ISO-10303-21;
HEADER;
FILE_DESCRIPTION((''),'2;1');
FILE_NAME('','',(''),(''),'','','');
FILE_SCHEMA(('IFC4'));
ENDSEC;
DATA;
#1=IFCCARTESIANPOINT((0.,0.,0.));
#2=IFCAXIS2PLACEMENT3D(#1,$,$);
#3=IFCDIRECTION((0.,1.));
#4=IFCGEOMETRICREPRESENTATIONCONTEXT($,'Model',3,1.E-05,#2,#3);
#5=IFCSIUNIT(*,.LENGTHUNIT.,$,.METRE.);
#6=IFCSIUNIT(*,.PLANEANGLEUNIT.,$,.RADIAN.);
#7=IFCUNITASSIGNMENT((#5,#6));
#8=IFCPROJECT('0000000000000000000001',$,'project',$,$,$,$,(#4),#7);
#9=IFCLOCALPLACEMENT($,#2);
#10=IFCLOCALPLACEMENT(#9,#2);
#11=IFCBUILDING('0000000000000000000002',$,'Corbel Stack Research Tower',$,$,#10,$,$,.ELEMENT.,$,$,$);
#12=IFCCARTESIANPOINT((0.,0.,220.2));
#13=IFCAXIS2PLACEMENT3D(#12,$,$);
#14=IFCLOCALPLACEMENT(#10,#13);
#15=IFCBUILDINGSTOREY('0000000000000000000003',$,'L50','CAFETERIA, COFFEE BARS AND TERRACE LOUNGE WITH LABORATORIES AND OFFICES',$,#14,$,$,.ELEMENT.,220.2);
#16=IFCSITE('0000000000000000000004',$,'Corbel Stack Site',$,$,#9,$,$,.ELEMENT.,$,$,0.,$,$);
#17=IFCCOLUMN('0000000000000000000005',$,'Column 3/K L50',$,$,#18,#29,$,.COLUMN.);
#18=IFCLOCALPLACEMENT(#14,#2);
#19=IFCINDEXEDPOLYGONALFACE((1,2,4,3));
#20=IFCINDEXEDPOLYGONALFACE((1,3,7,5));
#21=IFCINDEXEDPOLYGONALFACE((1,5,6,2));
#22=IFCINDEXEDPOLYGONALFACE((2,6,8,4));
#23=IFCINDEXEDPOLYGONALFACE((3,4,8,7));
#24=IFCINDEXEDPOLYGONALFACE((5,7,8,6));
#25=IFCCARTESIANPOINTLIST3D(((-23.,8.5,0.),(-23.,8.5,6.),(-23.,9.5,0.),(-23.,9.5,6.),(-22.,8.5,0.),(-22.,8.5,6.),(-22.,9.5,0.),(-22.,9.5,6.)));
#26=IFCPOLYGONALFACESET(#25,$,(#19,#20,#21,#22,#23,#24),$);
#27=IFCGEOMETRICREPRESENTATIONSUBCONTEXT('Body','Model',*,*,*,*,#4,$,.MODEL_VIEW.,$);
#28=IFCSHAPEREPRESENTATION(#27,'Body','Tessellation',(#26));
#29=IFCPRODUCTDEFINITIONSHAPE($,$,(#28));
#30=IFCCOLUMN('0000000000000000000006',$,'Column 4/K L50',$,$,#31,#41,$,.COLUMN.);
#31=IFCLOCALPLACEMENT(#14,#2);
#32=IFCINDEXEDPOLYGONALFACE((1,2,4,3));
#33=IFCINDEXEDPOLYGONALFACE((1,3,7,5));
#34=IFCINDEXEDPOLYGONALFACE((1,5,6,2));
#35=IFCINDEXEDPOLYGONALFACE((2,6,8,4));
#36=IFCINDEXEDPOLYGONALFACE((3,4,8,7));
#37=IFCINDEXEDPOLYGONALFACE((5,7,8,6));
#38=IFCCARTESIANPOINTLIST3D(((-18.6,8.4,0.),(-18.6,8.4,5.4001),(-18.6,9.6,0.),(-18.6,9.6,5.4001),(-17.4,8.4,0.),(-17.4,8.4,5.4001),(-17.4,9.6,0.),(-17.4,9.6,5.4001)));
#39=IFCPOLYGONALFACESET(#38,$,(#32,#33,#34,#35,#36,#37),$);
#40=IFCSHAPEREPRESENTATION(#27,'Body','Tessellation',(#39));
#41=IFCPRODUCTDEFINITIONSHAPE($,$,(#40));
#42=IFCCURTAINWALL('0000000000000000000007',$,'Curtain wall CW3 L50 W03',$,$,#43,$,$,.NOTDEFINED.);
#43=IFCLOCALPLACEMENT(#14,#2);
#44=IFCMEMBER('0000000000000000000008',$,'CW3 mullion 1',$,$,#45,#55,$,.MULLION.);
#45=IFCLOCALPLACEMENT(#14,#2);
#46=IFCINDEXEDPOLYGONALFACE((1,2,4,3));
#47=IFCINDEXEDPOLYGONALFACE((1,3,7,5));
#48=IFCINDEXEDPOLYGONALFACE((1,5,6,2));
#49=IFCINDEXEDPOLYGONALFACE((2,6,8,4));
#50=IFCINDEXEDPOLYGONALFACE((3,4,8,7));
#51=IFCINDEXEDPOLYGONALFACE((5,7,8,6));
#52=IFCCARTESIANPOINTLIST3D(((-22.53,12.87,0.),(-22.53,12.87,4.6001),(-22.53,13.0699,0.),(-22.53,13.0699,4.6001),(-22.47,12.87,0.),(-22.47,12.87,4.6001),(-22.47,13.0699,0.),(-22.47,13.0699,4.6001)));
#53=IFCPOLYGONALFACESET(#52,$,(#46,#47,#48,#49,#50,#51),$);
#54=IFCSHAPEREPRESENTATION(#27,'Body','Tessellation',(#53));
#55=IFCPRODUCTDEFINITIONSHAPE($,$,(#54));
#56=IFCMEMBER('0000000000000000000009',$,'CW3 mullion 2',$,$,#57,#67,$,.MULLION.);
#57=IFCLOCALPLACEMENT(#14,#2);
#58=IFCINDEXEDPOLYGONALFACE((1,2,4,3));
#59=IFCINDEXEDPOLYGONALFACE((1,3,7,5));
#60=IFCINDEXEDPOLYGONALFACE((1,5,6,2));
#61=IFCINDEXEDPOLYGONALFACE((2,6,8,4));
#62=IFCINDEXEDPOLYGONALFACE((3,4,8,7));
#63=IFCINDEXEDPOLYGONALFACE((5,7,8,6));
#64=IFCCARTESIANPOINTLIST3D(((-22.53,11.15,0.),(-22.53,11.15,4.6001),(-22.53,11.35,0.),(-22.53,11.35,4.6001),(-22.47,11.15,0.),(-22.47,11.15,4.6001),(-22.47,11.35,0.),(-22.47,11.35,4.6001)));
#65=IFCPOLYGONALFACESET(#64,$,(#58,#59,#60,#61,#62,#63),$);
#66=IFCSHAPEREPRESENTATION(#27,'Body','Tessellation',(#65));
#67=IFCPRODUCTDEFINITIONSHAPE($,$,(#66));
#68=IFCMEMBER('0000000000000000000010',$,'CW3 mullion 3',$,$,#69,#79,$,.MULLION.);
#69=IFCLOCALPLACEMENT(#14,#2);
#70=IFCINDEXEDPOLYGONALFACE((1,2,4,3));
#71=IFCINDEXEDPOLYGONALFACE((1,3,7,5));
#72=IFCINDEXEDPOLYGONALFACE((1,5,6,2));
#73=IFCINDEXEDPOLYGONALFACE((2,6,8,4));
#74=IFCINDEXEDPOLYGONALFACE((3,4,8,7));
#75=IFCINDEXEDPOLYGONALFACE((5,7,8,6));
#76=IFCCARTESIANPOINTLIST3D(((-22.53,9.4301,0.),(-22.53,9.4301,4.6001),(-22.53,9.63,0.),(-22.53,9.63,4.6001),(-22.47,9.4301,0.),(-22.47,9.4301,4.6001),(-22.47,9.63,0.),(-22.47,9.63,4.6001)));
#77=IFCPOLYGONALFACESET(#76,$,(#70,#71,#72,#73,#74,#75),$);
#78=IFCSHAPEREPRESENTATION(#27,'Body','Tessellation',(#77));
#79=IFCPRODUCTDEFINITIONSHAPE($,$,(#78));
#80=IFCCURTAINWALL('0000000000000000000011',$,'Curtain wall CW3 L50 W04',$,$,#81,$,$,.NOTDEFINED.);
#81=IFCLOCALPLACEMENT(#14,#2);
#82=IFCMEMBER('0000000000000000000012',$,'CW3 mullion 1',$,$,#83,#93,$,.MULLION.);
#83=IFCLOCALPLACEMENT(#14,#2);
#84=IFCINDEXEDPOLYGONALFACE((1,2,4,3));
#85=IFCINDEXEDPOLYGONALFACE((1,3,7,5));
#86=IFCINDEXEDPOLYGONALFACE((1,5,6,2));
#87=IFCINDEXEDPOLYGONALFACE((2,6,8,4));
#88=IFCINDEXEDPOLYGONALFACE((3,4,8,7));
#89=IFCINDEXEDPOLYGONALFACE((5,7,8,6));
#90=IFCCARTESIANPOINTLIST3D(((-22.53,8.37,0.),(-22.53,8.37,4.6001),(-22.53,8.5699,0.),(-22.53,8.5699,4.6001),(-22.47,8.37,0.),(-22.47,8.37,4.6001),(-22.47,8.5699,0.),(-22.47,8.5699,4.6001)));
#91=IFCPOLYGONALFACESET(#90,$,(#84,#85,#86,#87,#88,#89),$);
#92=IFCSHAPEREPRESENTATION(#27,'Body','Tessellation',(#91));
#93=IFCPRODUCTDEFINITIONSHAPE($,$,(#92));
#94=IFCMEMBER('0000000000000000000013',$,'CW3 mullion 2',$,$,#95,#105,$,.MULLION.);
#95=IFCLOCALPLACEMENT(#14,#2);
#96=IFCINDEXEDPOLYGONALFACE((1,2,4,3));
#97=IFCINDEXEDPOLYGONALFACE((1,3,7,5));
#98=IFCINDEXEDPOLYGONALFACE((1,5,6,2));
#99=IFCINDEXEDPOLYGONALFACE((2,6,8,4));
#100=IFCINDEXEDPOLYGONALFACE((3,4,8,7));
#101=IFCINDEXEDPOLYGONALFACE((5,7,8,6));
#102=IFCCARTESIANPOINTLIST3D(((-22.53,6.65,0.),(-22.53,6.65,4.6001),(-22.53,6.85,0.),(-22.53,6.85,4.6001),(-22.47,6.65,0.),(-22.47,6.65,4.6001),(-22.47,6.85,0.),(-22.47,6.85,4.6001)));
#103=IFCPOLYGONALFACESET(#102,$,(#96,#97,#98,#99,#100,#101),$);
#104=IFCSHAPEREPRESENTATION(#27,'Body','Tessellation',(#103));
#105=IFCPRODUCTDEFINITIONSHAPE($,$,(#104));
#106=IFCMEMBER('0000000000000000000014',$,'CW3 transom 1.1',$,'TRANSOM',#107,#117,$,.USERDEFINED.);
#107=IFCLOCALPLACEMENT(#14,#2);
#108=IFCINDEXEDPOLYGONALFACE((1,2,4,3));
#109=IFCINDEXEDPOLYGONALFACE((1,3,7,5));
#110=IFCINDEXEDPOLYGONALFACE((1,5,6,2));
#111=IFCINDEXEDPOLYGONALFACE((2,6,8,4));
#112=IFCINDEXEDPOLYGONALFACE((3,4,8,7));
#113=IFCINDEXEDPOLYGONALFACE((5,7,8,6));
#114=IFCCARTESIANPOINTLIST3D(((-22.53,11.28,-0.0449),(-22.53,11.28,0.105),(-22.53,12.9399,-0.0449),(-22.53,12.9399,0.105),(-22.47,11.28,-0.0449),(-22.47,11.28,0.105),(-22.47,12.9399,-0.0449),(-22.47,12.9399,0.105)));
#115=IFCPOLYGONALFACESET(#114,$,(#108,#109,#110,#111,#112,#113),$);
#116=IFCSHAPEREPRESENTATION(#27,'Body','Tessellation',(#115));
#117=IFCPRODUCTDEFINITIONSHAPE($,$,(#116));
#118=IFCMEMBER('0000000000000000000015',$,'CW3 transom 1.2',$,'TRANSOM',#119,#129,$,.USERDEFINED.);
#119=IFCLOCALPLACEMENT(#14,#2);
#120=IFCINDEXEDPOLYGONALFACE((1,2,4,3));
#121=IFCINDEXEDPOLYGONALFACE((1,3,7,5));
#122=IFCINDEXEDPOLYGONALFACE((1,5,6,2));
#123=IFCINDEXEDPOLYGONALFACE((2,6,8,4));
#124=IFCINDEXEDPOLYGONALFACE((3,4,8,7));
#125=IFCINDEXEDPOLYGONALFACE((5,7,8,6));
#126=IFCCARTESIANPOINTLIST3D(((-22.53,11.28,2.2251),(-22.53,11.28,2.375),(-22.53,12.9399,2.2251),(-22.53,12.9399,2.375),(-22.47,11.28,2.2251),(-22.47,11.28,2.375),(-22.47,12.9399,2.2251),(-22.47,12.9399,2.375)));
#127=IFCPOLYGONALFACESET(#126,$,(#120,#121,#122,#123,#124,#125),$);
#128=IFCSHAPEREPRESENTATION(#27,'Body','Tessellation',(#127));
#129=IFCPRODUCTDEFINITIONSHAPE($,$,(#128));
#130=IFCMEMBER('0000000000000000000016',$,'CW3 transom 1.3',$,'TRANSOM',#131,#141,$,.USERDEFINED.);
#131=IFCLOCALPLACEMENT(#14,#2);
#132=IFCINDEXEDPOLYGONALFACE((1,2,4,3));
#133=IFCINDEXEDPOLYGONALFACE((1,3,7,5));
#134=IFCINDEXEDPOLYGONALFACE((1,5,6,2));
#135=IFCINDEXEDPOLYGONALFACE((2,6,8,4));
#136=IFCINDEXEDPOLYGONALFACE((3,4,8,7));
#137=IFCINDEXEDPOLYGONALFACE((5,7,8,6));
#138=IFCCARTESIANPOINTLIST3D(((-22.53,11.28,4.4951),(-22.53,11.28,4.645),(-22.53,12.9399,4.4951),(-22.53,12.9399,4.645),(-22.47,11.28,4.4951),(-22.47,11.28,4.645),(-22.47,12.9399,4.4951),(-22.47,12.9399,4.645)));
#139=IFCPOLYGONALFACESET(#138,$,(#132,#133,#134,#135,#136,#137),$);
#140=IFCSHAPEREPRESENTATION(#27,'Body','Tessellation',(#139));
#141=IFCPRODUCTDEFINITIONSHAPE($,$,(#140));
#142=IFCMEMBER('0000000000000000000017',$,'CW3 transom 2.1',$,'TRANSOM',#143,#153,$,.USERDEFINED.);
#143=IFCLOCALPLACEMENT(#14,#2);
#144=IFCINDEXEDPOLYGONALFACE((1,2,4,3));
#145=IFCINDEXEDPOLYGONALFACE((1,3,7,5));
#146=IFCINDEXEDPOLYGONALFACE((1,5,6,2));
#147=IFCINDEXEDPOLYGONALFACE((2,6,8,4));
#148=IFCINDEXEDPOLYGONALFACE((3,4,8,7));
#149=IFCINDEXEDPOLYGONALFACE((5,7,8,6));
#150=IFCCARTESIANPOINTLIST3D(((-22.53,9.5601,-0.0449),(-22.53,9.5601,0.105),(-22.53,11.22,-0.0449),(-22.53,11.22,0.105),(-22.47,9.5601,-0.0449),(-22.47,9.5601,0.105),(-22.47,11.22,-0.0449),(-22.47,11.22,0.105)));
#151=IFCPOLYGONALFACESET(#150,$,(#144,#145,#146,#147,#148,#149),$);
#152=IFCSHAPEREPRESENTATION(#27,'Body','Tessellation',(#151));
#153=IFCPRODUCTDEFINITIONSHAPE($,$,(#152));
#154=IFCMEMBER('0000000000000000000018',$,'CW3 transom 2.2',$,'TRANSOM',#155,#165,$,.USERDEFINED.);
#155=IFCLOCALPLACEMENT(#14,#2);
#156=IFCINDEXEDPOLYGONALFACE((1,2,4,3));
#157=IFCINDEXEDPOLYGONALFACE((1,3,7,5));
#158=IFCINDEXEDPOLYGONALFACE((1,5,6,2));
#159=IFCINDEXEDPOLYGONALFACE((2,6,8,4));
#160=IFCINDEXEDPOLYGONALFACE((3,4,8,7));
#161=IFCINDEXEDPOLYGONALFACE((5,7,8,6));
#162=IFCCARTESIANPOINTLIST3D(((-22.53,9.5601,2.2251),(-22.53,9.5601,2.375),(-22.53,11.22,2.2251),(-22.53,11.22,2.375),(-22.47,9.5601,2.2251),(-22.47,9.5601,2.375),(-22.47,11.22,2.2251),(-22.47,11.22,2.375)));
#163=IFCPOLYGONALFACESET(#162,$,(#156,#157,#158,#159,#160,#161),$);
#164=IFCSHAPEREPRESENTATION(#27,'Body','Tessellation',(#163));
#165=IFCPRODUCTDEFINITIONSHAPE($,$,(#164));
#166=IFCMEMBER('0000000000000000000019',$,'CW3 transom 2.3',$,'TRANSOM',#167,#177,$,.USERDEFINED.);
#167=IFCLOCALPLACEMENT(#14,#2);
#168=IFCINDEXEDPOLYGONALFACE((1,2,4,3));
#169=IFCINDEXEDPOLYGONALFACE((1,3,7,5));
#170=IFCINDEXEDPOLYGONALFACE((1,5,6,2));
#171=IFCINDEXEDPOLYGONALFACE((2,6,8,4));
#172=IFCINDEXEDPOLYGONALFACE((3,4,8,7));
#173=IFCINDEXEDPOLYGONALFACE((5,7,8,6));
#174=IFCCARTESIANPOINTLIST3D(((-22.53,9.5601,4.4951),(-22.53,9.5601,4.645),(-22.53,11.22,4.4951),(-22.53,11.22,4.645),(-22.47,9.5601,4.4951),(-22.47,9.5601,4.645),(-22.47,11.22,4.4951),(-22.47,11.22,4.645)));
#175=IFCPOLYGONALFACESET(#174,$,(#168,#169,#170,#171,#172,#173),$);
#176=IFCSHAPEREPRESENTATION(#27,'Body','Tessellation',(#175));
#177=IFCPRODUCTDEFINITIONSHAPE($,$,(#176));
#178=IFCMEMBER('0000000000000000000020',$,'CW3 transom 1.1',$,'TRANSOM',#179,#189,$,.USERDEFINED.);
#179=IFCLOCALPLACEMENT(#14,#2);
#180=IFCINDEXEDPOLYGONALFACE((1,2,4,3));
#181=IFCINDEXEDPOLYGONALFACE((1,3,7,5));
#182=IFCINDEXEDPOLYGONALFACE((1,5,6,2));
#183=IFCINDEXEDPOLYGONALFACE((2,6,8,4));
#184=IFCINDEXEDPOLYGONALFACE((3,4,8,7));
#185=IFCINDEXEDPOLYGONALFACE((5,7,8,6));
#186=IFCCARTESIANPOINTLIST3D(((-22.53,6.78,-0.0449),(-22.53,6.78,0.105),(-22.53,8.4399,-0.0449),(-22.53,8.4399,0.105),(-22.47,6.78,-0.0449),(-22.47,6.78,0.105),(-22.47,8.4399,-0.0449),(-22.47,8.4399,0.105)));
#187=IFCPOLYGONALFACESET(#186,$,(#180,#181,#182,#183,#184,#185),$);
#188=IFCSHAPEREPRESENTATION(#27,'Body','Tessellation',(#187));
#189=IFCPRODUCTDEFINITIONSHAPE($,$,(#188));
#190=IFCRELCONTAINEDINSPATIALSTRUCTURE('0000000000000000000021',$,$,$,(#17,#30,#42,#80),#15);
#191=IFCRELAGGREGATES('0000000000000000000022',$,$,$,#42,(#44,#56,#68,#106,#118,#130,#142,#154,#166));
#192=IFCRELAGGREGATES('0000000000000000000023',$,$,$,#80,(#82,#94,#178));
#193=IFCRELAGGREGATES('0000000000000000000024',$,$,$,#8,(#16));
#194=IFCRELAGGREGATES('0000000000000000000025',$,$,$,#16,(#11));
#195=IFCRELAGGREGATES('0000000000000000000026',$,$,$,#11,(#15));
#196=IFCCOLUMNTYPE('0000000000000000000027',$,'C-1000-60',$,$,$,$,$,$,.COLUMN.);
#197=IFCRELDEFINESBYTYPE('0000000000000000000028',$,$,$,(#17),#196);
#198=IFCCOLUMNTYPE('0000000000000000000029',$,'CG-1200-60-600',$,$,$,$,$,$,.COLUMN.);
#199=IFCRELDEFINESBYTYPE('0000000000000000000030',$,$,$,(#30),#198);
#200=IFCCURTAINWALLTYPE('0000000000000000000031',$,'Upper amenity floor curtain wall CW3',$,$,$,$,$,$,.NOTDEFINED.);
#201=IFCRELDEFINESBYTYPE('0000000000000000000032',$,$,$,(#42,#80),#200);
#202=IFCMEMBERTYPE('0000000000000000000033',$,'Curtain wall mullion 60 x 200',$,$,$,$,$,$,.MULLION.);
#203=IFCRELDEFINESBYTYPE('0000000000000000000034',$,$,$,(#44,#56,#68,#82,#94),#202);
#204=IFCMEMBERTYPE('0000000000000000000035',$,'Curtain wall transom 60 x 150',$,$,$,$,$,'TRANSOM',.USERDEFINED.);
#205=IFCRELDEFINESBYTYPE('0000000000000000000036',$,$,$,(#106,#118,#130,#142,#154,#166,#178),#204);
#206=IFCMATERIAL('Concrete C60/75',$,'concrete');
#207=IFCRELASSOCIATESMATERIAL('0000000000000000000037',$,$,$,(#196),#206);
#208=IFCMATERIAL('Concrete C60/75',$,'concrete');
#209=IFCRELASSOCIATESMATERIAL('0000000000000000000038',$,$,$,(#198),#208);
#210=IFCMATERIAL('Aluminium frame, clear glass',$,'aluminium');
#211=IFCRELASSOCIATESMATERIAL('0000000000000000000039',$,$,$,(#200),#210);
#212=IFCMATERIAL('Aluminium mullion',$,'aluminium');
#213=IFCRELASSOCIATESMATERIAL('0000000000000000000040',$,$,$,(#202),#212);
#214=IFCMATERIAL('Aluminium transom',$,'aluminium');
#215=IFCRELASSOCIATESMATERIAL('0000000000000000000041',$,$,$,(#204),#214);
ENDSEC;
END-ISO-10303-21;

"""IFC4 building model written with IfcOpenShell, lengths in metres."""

from ifc_helpers import new_model, si_unit, direction, frame, origin, origin_2d, place, context, subcontext, project, spatial, rectangle, extrude, material, material_profile, profile_set, type_object, element, aggregate, save


model = new_model("IFC4")

# Units and contexts
model_context = context("Model", 3, precision=1e-05, world=origin(), true_north=direction((0.0, 1.0)))
body_context = subcontext(model_context, "Body", "Model", "MODEL_VIEW")
ifc_project = project(units=[si_unit("LENGTHUNIT", "METRE"), si_unit("PLANEANGLEUNIT", "RADIAN")], contexts=[model_context])

# Site, building, storey
site_placement = place(None, origin())
site = spatial("IfcSite", under=ifc_project, at=site_placement, Name="Corbel Stack Site", CompositionType="ELEMENT", RefElevation=0.0)
building_placement = place(site_placement, origin())
building = spatial("IfcBuilding", under=site, at=building_placement, Name="Corbel Stack Research Tower", CompositionType="ELEMENT")
storey_placement = place(building_placement, frame((0.0, 0.0, 220.2)))
storey = spatial("IfcBuildingStorey", under=building, at=storey_placement, Name="L50", Description="CAFETERIA, COFFEE BARS AND TERRACE LOUNGE WITH LABORATORIES AND OFFICES", CompositionType="ELEMENT", Elevation=220.2)

# Columns
ifc_material_1 = material(Name="Concrete C60/75", Category="concrete")
ifc_material_profile_1 = material_profile(ifc_material_1, rectangle(XDim=1.0, YDim=1.0, at=origin_2d()), Name="RC 1000 x 1000")
ifc_profile_set_1 = profile_set([ifc_material_profile_1], Name="Concrete C60/75")
column_type_1 = type_object("IfcColumnType", Name="C-1000-60", PredefinedType="COLUMN", material=ifc_profile_set_1)
column_1_placement = place(storey_placement, frame((-22.5, 9.0, 0.0), z_axis=(0.0, 0.0, 1.0), x_axis=(1.0, 0.0, 0.0)))
element("IfcColumn", 1, at=column_1_placement, inside=storey, type_object=column_type_1, Name="Column 3/K L50", PredefinedType="COLUMN", context=body_context, shape_type="SweptSolid", body=[
    extrude(rectangle(XDim=1.0, YDim=1.0, at=origin_2d()), origin(), (0.0, 0.0, 1.0), 6.0),
])
ifc_material_2 = material(Name="Concrete C60/75", Category="concrete")
ifc_material_profile_2 = material_profile(ifc_material_2, rectangle(XDim=1.2, YDim=1.2, at=origin_2d()), Name="RC 1200 x 1200")
ifc_profile_set_2 = profile_set([ifc_material_profile_2], Name="Concrete C60/75")
column_type_2 = type_object("IfcColumnType", Name="CG-1200-60-600", PredefinedType="COLUMN", material=ifc_profile_set_2)
column_2_placement = place(storey_placement, frame((-18.0, 9.0, 0.0), z_axis=(0.0, 0.0, 1.0), x_axis=(1.0, 0.0, 0.0)))
element("IfcColumn", 2, at=column_2_placement, inside=storey, type_object=column_type_2, Name="Column 4/K L50", PredefinedType="COLUMN", context=body_context, shape_type="SweptSolid", body=[
    extrude(rectangle(XDim=1.2, YDim=1.2, at=origin_2d()), origin(), (0.0, 0.0, 1.0), 5.4001),
])

# Curtain walls, members
ifc_material_3 = material(Name="Aluminium frame, clear glass", Category="aluminium")
curtain_wall_type = type_object("IfcCurtainWallType", Name="Upper amenity floor curtain wall CW3", PredefinedType="NOTDEFINED", material=ifc_material_3)
curtain_wall_1_placement = place(storey_placement, origin())
curtain_wall_1 = element("IfcCurtainWall", 3, at=curtain_wall_1_placement, inside=storey, type_object=curtain_wall_type, Name="Curtain wall CW3 L50 W03", PredefinedType="NOTDEFINED")
ifc_material_4 = material(Name="Aluminium mullion", Category="aluminium")
ifc_material_profile_3 = material_profile(ifc_material_4, rectangle(XDim=0.0601, YDim=0.2, at=origin_2d()), Name="Mullion 60 x 200")
ifc_profile_set_3 = profile_set([ifc_material_profile_3], Name="Aluminium mullion")
member_type_1 = type_object("IfcMemberType", Name="Curtain wall mullion 60 x 200", PredefinedType="MULLION", material=ifc_profile_set_3)
member_1_placement = place(storey_placement, frame((-22.5, 12.97, 0.0), z_axis=(0.0, 0.0, 1.0), x_axis=(1.0, 0.0, 0.0)))
member_1 = element("IfcMember", 4, at=member_1_placement, type_object=member_type_1, Name="CW3 mullion 1", PredefinedType="MULLION", context=body_context, shape_type="SweptSolid", body=[
    extrude(rectangle(XDim=0.0601, YDim=0.2, at=origin_2d()), origin(), (0.0, 0.0, 1.0), 4.6001),
])
member_2_placement = place(storey_placement, frame((-22.5, 11.25, 0.0), z_axis=(0.0, 0.0, 1.0), x_axis=(1.0, 0.0, 0.0)))
member_2 = element("IfcMember", 5, at=member_2_placement, type_object=member_type_1, Name="CW3 mullion 2", PredefinedType="MULLION", context=body_context, shape_type="SweptSolid", body=[
    extrude(rectangle(XDim=0.0601, YDim=0.2, at=origin_2d()), origin(), (0.0, 0.0, 1.0), 4.6001),
])
member_3_placement = place(storey_placement, frame((-22.5, 9.53, 0.0), z_axis=(0.0, 0.0, 1.0), x_axis=(1.0, 0.0, 0.0)))
member_3 = element("IfcMember", 6, at=member_3_placement, type_object=member_type_1, Name="CW3 mullion 3", PredefinedType="MULLION", context=body_context, shape_type="SweptSolid", body=[
    extrude(rectangle(XDim=0.0601, YDim=0.2, at=origin_2d()), origin(), (0.0, 0.0, 1.0), 4.6001),
])
curtain_wall_2_placement = place(storey_placement, origin())
curtain_wall_2 = element("IfcCurtainWall", 7, at=curtain_wall_2_placement, inside=storey, type_object=curtain_wall_type, Name="Curtain wall CW3 L50 W04", PredefinedType="NOTDEFINED")
member_4_placement = place(storey_placement, frame((-22.5, 8.47, 0.0), z_axis=(0.0, 0.0, 1.0), x_axis=(1.0, 0.0, 0.0)))
member_4 = element("IfcMember", 8, at=member_4_placement, type_object=member_type_1, Name="CW3 mullion 1", PredefinedType="MULLION", context=body_context, shape_type="SweptSolid", body=[
    extrude(rectangle(XDim=0.0601, YDim=0.2, at=origin_2d()), origin(), (0.0, 0.0, 1.0), 4.6001),
])
member_5_placement = place(storey_placement, frame((-22.5, 6.75, 0.0), z_axis=(0.0, 0.0, 1.0), x_axis=(1.0, 0.0, 0.0)))
member_5 = element("IfcMember", 9, at=member_5_placement, type_object=member_type_1, Name="CW3 mullion 2", PredefinedType="MULLION", context=body_context, shape_type="SweptSolid", body=[
    extrude(rectangle(XDim=0.0601, YDim=0.2, at=origin_2d()), origin(), (0.0, 0.0, 1.0), 4.6001),
])

# Members
ifc_material_5 = material(Name="Aluminium transom", Category="aluminium")
ifc_material_profile_4 = material_profile(ifc_material_5, rectangle(XDim=0.0601, YDim=0.1499, at=origin_2d()), Name="Transom 60 x 150")
ifc_profile_set_4 = profile_set([ifc_material_profile_4], Name="Aluminium transom")
member_type_2 = type_object("IfcMemberType", Name="Curtain wall transom 60 x 150", ElementType="TRANSOM", PredefinedType="USERDEFINED", material=ifc_profile_set_4)
member_6_placement = place(storey_placement, frame((-22.5, 12.9399, 0.03), z_axis=(0.0, -1.0, 0.0), x_axis=(1.0, 0.0, 0.0)))
member_6 = element("IfcMember", 10, at=member_6_placement, type_object=member_type_2, Name="CW3 transom 1.1", ObjectType="TRANSOM", PredefinedType="USERDEFINED", context=body_context, shape_type="SweptSolid", body=[
    extrude(rectangle(XDim=0.0601, YDim=0.1499, at=origin_2d()), origin(), (0.0, 0.0, 1.0), 1.6599),
])
member_7_placement = place(storey_placement, frame((-22.5, 12.9399, 2.3), z_axis=(0.0, -1.0, 0.0), x_axis=(1.0, 0.0, 0.0)))
member_7 = element("IfcMember", 11, at=member_7_placement, type_object=member_type_2, Name="CW3 transom 1.2", ObjectType="TRANSOM", PredefinedType="USERDEFINED", context=body_context, shape_type="SweptSolid", body=[
    extrude(rectangle(XDim=0.0601, YDim=0.1499, at=origin_2d()), origin(), (0.0, 0.0, 1.0), 1.6599),
])
member_8_placement = place(storey_placement, frame((-22.5, 12.9399, 4.5701), z_axis=(0.0, -1.0, 0.0), x_axis=(1.0, 0.0, 0.0)))
member_8 = element("IfcMember", 12, at=member_8_placement, type_object=member_type_2, Name="CW3 transom 1.3", ObjectType="TRANSOM", PredefinedType="USERDEFINED", context=body_context, shape_type="SweptSolid", body=[
    extrude(rectangle(XDim=0.0601, YDim=0.1499, at=origin_2d()), origin(), (0.0, 0.0, 1.0), 1.6599),
])
member_9_placement = place(storey_placement, frame((-22.5, 11.22, 0.03), z_axis=(0.0, -1.0, 0.0), x_axis=(1.0, 0.0, 0.0)))
member_9 = element("IfcMember", 13, at=member_9_placement, type_object=member_type_2, Name="CW3 transom 2.1", ObjectType="TRANSOM", PredefinedType="USERDEFINED", context=body_context, shape_type="SweptSolid", body=[
    extrude(rectangle(XDim=0.0601, YDim=0.1499, at=origin_2d()), origin(), (0.0, 0.0, 1.0), 1.6599),
])
member_10_placement = place(storey_placement, frame((-22.5, 11.22, 2.3), z_axis=(0.0, -1.0, 0.0), x_axis=(1.0, 0.0, 0.0)))
member_10 = element("IfcMember", 14, at=member_10_placement, type_object=member_type_2, Name="CW3 transom 2.2", ObjectType="TRANSOM", PredefinedType="USERDEFINED", context=body_context, shape_type="SweptSolid", body=[
    extrude(rectangle(XDim=0.0601, YDim=0.1499, at=origin_2d()), origin(), (0.0, 0.0, 1.0), 1.6599),
])
member_11_placement = place(storey_placement, frame((-22.5, 11.22, 4.5701), z_axis=(0.0, -1.0, 0.0), x_axis=(1.0, 0.0, 0.0)))
member_11 = element("IfcMember", 15, at=member_11_placement, type_object=member_type_2, Name="CW3 transom 2.3", ObjectType="TRANSOM", PredefinedType="USERDEFINED", context=body_context, shape_type="SweptSolid", body=[
    extrude(rectangle(XDim=0.0601, YDim=0.1499, at=origin_2d()), origin(), (0.0, 0.0, 1.0), 1.6599),
])
member_12_placement = place(storey_placement, frame((-22.5, 8.4399, 0.03), z_axis=(0.0, -1.0, 0.0), x_axis=(1.0, 0.0, 0.0)))
member_12 = element("IfcMember", 16, at=member_12_placement, type_object=member_type_2, Name="CW3 transom 1.1", ObjectType="TRANSOM", PredefinedType="USERDEFINED", context=body_context, shape_type="SweptSolid", body=[
    extrude(rectangle(XDim=0.0601, YDim=0.1499, at=origin_2d()), origin(), (0.0, 0.0, 1.0), 1.6599),
])

aggregate(curtain_wall_1, [member_1, member_2, member_3, member_6, member_7, member_8, member_9, member_10, member_11])
aggregate(curtain_wall_2, [member_4, member_5, member_12])

save(model, "model.ifc")
